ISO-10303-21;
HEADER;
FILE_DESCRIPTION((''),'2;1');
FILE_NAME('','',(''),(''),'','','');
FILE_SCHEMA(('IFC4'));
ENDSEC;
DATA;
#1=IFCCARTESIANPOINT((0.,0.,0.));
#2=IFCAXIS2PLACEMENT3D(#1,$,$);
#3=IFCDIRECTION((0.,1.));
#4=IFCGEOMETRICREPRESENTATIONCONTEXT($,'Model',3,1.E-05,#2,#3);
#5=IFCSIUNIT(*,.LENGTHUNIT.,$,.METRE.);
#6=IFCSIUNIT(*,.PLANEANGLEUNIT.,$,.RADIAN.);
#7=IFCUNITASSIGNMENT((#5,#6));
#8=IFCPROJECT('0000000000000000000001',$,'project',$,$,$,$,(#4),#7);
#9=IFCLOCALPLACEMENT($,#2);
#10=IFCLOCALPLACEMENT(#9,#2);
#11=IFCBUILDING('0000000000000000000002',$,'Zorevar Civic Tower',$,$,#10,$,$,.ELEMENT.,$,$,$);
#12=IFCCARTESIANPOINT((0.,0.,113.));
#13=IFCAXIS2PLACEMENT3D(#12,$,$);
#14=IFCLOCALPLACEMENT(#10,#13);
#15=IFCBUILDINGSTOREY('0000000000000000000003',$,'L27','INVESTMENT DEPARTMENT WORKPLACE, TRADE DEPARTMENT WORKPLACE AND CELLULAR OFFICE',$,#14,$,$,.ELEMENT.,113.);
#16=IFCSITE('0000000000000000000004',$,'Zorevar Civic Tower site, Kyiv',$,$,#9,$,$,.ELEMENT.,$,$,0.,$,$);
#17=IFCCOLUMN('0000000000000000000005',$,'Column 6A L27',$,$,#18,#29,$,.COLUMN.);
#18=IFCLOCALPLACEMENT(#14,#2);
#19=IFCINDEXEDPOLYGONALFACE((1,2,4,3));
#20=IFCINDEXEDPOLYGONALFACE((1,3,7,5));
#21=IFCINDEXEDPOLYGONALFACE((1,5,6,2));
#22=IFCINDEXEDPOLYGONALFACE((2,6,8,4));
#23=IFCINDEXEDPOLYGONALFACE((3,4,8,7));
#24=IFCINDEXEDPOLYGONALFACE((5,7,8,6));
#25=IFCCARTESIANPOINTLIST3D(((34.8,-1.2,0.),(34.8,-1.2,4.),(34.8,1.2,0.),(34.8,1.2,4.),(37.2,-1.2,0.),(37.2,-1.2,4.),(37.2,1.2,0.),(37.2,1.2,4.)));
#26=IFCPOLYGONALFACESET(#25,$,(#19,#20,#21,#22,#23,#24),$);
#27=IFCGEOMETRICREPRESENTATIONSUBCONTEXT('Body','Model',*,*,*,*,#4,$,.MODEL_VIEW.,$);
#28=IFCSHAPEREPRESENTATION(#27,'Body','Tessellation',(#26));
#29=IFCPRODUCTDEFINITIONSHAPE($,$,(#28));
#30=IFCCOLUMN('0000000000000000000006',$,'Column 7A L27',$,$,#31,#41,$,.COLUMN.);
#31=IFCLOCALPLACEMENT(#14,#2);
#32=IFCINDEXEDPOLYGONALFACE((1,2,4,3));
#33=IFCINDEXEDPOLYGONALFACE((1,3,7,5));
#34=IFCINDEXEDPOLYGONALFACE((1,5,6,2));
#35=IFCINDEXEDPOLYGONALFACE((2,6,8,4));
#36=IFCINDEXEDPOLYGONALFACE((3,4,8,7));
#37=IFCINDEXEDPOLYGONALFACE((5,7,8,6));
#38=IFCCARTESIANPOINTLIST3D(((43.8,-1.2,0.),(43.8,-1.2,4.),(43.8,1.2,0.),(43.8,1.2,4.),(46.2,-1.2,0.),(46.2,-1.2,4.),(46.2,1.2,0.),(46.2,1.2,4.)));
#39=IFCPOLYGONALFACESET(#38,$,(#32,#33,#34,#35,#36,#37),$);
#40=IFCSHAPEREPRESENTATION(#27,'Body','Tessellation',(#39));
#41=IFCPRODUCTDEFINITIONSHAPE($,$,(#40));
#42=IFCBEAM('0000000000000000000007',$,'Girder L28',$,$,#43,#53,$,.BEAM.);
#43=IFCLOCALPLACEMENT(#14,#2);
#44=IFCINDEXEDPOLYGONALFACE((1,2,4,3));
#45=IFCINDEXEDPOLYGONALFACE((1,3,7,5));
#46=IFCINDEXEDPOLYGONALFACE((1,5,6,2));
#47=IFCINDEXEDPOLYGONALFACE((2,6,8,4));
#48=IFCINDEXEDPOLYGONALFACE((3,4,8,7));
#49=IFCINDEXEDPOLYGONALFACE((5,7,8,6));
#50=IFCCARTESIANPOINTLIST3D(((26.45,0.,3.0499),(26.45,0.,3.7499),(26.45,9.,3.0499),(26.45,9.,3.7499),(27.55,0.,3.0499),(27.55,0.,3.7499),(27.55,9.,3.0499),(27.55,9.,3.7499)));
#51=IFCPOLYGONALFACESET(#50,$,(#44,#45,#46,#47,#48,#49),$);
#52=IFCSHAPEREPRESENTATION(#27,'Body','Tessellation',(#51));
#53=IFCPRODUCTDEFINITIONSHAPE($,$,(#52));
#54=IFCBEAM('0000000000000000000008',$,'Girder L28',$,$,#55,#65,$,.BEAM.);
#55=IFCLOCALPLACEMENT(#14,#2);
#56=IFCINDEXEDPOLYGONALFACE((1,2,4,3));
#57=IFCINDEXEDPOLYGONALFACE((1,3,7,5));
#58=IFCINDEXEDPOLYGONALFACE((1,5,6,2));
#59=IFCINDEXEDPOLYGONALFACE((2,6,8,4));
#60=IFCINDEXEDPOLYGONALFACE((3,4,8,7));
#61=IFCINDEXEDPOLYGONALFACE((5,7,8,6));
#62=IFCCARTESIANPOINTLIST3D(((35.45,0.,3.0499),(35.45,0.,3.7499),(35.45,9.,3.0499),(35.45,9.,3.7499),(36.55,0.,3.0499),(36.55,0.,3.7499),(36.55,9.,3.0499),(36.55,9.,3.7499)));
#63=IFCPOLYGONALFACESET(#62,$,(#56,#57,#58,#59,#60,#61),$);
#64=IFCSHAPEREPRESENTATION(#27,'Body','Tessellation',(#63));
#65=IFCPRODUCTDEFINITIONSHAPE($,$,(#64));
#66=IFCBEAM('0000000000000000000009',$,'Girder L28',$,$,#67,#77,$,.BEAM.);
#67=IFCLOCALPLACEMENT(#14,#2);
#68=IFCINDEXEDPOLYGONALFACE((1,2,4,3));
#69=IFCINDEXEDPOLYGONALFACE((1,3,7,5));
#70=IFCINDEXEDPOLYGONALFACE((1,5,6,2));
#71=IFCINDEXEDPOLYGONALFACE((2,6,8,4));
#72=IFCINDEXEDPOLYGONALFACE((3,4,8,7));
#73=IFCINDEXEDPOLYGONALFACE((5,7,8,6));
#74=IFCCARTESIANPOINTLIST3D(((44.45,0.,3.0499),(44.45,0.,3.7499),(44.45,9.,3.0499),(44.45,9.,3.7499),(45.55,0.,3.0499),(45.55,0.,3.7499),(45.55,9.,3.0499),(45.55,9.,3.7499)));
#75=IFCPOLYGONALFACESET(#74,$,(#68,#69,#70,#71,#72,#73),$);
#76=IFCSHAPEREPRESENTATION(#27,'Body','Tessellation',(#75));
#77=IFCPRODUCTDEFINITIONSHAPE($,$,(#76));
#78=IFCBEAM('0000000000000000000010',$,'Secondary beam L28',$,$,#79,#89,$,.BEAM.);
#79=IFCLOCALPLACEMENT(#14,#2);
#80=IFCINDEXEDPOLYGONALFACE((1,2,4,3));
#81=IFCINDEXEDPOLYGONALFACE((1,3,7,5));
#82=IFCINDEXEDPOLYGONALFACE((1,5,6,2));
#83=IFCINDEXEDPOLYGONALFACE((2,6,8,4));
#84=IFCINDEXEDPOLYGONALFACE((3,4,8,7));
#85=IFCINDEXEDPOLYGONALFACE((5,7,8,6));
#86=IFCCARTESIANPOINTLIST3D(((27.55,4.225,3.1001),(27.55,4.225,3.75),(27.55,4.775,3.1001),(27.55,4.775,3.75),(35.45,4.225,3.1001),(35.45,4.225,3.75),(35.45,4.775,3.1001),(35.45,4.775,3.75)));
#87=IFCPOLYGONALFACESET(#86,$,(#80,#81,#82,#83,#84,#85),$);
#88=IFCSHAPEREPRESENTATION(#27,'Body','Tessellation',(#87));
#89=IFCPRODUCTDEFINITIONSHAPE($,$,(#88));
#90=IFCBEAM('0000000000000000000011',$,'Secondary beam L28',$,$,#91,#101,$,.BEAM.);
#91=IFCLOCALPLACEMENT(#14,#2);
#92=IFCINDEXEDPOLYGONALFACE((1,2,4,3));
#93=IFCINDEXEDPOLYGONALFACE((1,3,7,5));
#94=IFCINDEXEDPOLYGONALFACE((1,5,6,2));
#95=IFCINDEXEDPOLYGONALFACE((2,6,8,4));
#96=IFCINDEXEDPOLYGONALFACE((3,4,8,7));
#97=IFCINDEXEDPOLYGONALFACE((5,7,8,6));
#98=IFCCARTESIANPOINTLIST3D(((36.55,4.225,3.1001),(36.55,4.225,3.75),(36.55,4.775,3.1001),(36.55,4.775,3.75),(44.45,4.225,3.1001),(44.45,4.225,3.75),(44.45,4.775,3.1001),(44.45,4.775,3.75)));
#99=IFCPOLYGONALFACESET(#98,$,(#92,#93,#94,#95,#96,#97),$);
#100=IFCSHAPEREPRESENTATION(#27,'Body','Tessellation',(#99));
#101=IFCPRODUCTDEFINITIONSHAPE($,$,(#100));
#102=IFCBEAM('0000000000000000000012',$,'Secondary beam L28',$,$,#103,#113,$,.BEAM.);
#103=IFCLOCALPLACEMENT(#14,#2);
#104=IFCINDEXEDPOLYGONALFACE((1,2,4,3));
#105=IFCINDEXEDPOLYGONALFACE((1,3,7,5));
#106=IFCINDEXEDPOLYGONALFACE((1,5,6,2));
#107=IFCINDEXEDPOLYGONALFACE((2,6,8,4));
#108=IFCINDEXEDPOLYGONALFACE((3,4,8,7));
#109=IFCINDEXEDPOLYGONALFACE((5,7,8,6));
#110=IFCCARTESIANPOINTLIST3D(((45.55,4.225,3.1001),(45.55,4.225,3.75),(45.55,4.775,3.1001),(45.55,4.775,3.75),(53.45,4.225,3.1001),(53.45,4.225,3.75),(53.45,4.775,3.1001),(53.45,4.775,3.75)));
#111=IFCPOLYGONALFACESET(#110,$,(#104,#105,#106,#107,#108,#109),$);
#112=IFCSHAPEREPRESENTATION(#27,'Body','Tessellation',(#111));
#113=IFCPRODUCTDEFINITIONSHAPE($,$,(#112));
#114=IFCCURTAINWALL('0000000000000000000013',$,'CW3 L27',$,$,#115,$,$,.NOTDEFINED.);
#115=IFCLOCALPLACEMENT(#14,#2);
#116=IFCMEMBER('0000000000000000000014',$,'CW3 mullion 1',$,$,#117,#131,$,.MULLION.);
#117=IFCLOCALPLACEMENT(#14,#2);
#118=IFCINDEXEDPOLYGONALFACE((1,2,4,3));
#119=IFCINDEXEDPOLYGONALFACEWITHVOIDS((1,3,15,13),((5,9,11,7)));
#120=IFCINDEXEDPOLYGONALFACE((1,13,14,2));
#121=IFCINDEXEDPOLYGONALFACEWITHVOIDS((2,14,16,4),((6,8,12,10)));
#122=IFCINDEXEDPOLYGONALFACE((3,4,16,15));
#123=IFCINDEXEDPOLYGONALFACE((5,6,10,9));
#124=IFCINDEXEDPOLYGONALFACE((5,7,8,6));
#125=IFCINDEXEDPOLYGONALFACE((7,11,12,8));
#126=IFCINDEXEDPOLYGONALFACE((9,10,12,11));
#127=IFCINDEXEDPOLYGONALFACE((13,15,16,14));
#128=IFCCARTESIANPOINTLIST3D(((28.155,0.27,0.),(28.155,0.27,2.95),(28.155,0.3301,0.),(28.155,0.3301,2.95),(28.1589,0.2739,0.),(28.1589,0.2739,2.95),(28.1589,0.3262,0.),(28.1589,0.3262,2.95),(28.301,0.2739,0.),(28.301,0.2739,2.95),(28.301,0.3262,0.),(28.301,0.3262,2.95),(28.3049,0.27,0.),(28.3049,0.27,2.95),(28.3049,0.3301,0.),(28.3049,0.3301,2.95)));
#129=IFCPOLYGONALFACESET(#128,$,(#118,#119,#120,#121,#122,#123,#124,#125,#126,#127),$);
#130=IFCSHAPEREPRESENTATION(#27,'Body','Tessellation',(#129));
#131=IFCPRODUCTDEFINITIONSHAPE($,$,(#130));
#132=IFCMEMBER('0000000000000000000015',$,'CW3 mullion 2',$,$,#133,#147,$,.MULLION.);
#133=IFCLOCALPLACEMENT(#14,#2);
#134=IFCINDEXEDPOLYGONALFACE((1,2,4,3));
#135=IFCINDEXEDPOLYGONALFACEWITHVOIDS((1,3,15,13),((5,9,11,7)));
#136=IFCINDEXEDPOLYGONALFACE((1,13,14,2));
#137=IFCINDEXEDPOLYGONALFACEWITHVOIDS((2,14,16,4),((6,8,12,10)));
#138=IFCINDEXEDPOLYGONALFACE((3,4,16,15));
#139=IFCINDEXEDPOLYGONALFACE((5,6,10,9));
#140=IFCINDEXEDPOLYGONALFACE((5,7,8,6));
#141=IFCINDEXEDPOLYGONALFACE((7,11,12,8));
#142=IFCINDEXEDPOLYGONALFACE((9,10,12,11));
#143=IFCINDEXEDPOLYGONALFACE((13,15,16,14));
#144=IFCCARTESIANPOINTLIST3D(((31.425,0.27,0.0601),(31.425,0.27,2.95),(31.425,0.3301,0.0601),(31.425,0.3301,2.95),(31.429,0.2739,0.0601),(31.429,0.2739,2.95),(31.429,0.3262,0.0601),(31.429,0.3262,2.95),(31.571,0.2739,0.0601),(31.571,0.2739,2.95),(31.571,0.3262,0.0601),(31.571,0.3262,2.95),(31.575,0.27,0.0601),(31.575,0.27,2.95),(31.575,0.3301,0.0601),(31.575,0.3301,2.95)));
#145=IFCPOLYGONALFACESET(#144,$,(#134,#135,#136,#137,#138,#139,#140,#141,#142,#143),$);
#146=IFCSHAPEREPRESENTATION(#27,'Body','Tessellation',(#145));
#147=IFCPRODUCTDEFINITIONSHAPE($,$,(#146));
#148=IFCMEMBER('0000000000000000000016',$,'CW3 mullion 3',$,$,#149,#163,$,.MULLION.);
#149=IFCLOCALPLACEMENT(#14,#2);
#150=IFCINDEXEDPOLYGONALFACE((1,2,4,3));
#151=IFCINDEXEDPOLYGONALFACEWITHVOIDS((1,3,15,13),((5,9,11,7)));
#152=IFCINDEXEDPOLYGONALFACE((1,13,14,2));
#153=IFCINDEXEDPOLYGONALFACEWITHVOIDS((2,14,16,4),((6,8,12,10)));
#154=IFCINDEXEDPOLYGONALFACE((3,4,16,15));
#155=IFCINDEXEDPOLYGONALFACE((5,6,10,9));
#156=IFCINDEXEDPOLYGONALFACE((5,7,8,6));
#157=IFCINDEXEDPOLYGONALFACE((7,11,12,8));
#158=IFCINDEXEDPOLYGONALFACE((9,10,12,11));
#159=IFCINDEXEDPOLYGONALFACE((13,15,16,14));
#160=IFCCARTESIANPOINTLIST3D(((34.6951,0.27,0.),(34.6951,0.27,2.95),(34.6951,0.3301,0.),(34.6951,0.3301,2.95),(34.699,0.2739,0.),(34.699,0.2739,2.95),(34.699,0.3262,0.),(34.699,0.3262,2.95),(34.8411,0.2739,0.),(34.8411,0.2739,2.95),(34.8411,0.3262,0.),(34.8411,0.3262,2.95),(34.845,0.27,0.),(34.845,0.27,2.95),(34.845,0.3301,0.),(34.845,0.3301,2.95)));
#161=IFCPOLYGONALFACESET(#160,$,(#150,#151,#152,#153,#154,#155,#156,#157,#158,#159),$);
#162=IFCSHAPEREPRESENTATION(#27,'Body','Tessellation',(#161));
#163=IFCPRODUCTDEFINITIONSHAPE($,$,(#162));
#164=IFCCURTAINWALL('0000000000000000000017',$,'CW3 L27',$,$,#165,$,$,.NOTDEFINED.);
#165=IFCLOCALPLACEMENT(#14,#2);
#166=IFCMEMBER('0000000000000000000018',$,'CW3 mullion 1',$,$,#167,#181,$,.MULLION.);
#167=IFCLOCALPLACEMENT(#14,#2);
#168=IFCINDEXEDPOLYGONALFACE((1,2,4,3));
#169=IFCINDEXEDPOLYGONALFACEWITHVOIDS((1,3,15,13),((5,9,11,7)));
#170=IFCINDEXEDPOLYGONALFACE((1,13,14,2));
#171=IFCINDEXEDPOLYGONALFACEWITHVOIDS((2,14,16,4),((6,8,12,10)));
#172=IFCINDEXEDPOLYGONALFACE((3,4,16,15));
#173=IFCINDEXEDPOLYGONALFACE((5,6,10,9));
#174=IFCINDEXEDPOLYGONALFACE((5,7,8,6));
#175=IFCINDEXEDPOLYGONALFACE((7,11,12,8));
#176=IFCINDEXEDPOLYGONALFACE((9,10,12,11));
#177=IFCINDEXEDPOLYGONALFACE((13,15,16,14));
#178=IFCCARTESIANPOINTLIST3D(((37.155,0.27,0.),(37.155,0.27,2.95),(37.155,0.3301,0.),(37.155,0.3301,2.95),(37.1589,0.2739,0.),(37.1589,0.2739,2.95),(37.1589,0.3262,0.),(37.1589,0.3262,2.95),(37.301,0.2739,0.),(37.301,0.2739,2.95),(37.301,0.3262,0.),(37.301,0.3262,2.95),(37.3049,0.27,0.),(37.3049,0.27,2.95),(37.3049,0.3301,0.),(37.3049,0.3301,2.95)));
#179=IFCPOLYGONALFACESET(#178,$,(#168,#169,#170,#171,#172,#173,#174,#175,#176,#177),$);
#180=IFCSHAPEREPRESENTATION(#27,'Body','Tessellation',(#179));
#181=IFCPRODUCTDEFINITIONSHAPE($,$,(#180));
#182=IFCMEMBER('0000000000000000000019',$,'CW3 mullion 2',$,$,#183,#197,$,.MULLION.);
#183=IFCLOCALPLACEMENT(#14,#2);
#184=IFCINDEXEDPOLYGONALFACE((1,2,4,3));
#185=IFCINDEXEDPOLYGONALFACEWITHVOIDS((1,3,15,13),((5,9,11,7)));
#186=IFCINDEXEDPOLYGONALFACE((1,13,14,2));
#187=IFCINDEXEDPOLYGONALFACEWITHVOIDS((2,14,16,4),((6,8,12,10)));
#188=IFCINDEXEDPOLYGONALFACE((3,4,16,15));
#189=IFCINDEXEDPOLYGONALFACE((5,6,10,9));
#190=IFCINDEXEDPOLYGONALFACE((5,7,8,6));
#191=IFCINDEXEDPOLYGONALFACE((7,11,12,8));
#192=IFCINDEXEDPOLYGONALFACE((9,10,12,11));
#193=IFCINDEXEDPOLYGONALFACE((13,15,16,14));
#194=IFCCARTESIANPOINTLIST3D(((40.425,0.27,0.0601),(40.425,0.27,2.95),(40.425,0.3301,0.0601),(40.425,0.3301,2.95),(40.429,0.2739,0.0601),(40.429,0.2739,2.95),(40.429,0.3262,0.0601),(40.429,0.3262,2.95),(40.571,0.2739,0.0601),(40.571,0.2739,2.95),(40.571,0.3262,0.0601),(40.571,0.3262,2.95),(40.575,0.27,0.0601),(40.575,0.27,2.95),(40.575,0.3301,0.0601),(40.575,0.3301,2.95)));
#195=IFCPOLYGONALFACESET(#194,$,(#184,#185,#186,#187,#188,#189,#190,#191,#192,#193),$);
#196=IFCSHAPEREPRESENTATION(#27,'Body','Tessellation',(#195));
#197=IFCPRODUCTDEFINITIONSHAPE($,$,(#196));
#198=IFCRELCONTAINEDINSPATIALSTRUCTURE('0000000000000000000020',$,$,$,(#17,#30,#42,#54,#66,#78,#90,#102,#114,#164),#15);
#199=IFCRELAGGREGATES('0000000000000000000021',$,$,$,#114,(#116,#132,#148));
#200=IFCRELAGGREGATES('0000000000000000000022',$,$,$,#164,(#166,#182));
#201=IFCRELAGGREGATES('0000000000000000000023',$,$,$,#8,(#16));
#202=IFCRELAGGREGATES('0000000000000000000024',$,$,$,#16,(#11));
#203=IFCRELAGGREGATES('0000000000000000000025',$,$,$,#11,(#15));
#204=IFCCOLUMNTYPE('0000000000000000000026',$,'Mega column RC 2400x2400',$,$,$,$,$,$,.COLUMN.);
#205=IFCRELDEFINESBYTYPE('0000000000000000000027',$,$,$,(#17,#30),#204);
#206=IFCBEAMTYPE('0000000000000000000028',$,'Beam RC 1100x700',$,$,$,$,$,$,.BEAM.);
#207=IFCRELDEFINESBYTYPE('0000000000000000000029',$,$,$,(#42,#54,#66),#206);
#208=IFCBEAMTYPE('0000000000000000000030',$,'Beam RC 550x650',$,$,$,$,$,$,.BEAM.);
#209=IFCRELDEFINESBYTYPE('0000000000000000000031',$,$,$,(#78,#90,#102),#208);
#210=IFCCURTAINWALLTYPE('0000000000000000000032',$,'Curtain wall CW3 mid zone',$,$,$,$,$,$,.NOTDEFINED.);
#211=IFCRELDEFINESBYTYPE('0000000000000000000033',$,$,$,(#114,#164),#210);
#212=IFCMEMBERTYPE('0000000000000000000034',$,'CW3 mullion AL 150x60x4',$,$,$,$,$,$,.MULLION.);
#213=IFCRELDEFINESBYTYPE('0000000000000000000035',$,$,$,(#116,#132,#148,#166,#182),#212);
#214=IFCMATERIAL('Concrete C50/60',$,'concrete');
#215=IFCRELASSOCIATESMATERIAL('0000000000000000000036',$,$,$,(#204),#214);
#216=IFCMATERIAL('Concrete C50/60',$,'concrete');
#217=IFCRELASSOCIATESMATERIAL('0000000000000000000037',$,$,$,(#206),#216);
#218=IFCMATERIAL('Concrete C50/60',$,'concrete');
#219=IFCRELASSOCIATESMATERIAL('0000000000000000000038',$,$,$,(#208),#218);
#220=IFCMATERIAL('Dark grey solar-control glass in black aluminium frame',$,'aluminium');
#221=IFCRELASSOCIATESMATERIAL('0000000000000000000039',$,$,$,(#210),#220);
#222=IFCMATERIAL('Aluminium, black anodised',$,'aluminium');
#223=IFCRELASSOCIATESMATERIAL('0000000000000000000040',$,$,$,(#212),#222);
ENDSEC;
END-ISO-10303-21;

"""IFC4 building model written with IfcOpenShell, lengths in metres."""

from ifc_helpers import new_model, si_unit, direction, frame, origin, origin_2d, place, context, subcontext, project, spatial, rectangle, hollow_rectangle, extrude, material, material_profile, profile_set, type_object, element, aggregate, save


model = new_model("IFC4")

# Units and contexts
model_context = context("Model", 3, precision=1e-05, world=origin(), true_north=direction((0.0, 1.0)))
body_context = subcontext(model_context, "Body", "Model", "MODEL_VIEW")
ifc_project = project(units=[si_unit("LENGTHUNIT", "METRE"), si_unit("PLANEANGLEUNIT", "RADIAN")], contexts=[model_context])

# Site, building, storey
site_placement = place(None, origin())
site = spatial("IfcSite", under=ifc_project, at=site_placement, Name="Zorevar Civic Tower site, Kyiv", CompositionType="ELEMENT", RefElevation=0.0)
building_placement = place(site_placement, origin())
building = spatial("IfcBuilding", under=site, at=building_placement, Name="Zorevar Civic Tower", CompositionType="ELEMENT")
storey_placement = place(building_placement, frame((0.0, 0.0, 113.0)))
storey = spatial("IfcBuildingStorey", under=building, at=storey_placement, Name="L27", Description="INVESTMENT DEPARTMENT WORKPLACE, TRADE DEPARTMENT WORKPLACE AND CELLULAR OFFICE", CompositionType="ELEMENT", Elevation=113.0)

# Columns
ifc_material_1 = material(Name="Concrete C50/60", Category="concrete")
ifc_material_profile_1 = material_profile(ifc_material_1, rectangle(XDim=2.3999, YDim=2.3999, at=origin_2d()), Name="RC 2400x2400")
ifc_profile_set_1 = profile_set([ifc_material_profile_1], Name="Concrete C50/60")
column_type = type_object("IfcColumnType", Name="Mega column RC 2400x2400", PredefinedType="COLUMN", material=ifc_profile_set_1)
for number, where, z_axis, x_axis, name in (
    (1, (36.0, 0.0, 0.0), (0.0, 0.0, 1.0), (1.0, 0.0, 0.0), "Column 6A L27"),
    (2, (45.0, 0.0, 0.0), (0.0, 0.0, 1.0), (1.0, 0.0, 0.0), "Column 7A L27"),
):
    element("IfcColumn", number, at=place(storey_placement, frame(where, z_axis=z_axis, x_axis=x_axis)), inside=storey, type_object=column_type, Name=name, PredefinedType="COLUMN", context=body_context, shape_type="SweptSolid", body=[
        extrude(rectangle(XDim=2.3999, YDim=2.3999, at=origin_2d()), origin(), (0.0, 0.0, 1.0), 4.0),
    ])

# Beams
ifc_material_2 = material(Name="Concrete C50/60", Category="concrete")
ifc_material_profile_2 = material_profile(ifc_material_2, rectangle(XDim=1.1001, YDim=0.7, at=origin_2d()), Name="RC 1100x700")
ifc_profile_set_2 = profile_set([ifc_material_profile_2], Name="Concrete C50/60")
beam_type_1 = type_object("IfcBeamType", Name="Beam RC 1100x700", PredefinedType="BEAM", material=ifc_profile_set_2)
for number, where, z_axis, x_axis, name in (
    (3, (27.0, 0.0, 3.3999), (0.0, 1.0, 0.0), (-1.0, 0.0, 0.0), "Girder L28"),
    (4, (36.0, 0.0, 3.3999), (0.0, 1.0, 0.0), (-1.0, 0.0, 0.0), "Girder L28"),
    (5, (45.0, 0.0, 3.3999), (0.0, 1.0, 0.0), (-1.0, 0.0, 0.0), "Girder L28"),
):
    element("IfcBeam", number, at=place(storey_placement, frame(where, z_axis=z_axis, x_axis=x_axis)), inside=storey, type_object=beam_type_1, Name=name, PredefinedType="BEAM", context=body_context, shape_type="SweptSolid", body=[
        extrude(rectangle(XDim=1.1001, YDim=0.7, at=origin_2d()), origin(), (0.0, 0.0, 1.0), 9.0),
    ])
ifc_material_3 = material(Name="Concrete C50/60", Category="concrete")
ifc_material_profile_3 = material_profile(ifc_material_3, rectangle(XDim=0.55, YDim=0.6499, at=origin_2d()), Name="RC 550x650")
ifc_profile_set_3 = profile_set([ifc_material_profile_3], Name="Concrete C50/60")
beam_type_2 = type_object("IfcBeamType", Name="Beam RC 550x650", PredefinedType="BEAM", material=ifc_profile_set_3)
for number, where, z_axis, x_axis, name in (
    (6, (27.55, 4.5, 3.425), (1.0, 0.0, 0.0), (0.0, 1.0, 0.0), "Secondary beam L28"),
    (7, (36.55, 4.5, 3.425), (1.0, 0.0, 0.0), (0.0, 1.0, 0.0), "Secondary beam L28"),
    (8, (45.55, 4.5, 3.425), (1.0, 0.0, 0.0), (0.0, 1.0, 0.0), "Secondary beam L28"),
):
    element("IfcBeam", number, at=place(storey_placement, frame(where, z_axis=z_axis, x_axis=x_axis)), inside=storey, type_object=beam_type_2, Name=name, PredefinedType="BEAM", context=body_context, shape_type="SweptSolid", body=[
        extrude(rectangle(XDim=0.55, YDim=0.6499, at=origin_2d()), origin(), (0.0, 0.0, 1.0), 7.8999),
    ])

# Curtain walls, members
ifc_material_4 = material(Name="Dark grey solar-control glass in black aluminium frame", Category="aluminium")
curtain_wall_type = type_object("IfcCurtainWallType", Name="Curtain wall CW3 mid zone", PredefinedType="NOTDEFINED", material=ifc_material_4)
curtain_wall_1_placement = place(storey_placement, origin())
curtain_wall_1 = element("IfcCurtainWall", 9, at=curtain_wall_1_placement, inside=storey, type_object=curtain_wall_type, Name="CW3 L27", PredefinedType="NOTDEFINED")
ifc_material_5 = material(Name="Aluminium, black anodised", Category="aluminium")
ifc_material_profile_4 = material_profile(ifc_material_5, hollow_rectangle(XDim=0.0601, YDim=0.1499, WallThickness=0.0039, at=origin_2d()), Name="AL 150x60x4")
ifc_profile_set_4 = profile_set([ifc_material_profile_4], Name="Aluminium, black anodised")
member_type_1 = type_object("IfcMemberType", Name="CW3 mullion AL 150x60x4", PredefinedType="MULLION", material=ifc_profile_set_4)
member_1_placement = place(storey_placement, frame((28.23, 0.3, 0.0), z_axis=(0.0, 0.0, 1.0), x_axis=(0.0, 1.0, 0.0)))
member_1 = element("IfcMember", 10, at=member_1_placement, type_object=member_type_1, Name="CW3 mullion 1", PredefinedType="MULLION", context=body_context, shape_type="SweptSolid", body=[
    extrude(hollow_rectangle(XDim=0.0601, YDim=0.1499, WallThickness=0.0039, at=origin_2d()), origin(), (0.0, 0.0, 1.0), 2.95),
])
member_2_placement = place(storey_placement, frame((31.5, 0.3, 0.0601), z_axis=(0.0, 0.0, 1.0), x_axis=(0.0, 1.0, 0.0)))
member_2 = element("IfcMember", 11, at=member_2_placement, type_object=member_type_1, Name="CW3 mullion 2", PredefinedType="MULLION", context=body_context, shape_type="SweptSolid", body=[
    extrude(hollow_rectangle(XDim=0.0601, YDim=0.1499, WallThickness=0.0039, at=origin_2d()), origin(), (0.0, 0.0, 1.0), 2.8899),
])
member_3_placement = place(storey_placement, frame((34.77, 0.3, 0.0), z_axis=(0.0, 0.0, 1.0), x_axis=(0.0, 1.0, 0.0)))
member_3 = element("IfcMember", 12, at=member_3_placement, type_object=member_type_1, Name="CW3 mullion 3", PredefinedType="MULLION", context=body_context, shape_type="SweptSolid", body=[
    extrude(hollow_rectangle(XDim=0.0601, YDim=0.1499, WallThickness=0.0039, at=origin_2d()), origin(), (0.0, 0.0, 1.0), 2.95),
])
curtain_wall_2_placement = place(storey_placement, origin())
curtain_wall_2 = element("IfcCurtainWall", 13, at=curtain_wall_2_placement, inside=storey, type_object=curtain_wall_type, Name="CW3 L27", PredefinedType="NOTDEFINED")
member_4_placement = place(storey_placement, frame((37.23, 0.3, 0.0), z_axis=(0.0, 0.0, 1.0), x_axis=(0.0, 1.0, 0.0)))
member_4 = element("IfcMember", 14, at=member_4_placement, type_object=member_type_1, Name="CW3 mullion 1", PredefinedType="MULLION", context=body_context, shape_type="SweptSolid", body=[
    extrude(hollow_rectangle(XDim=0.0601, YDim=0.1499, WallThickness=0.0039, at=origin_2d()), origin(), (0.0, 0.0, 1.0), 2.95),
])
member_5_placement = place(storey_placement, frame((40.5, 0.3, 0.0601), z_axis=(0.0, 0.0, 1.0), x_axis=(0.0, 1.0, 0.0)))
member_5 = element("IfcMember", 15, at=member_5_placement, type_object=member_type_1, Name="CW3 mullion 2", PredefinedType="MULLION", context=body_context, shape_type="SweptSolid", body=[
    extrude(hollow_rectangle(XDim=0.0601, YDim=0.1499, WallThickness=0.0039, at=origin_2d()), origin(), (0.0, 0.0, 1.0), 2.8899),
])

aggregate(curtain_wall_1, [member_1, member_2, member_3])
aggregate(curtain_wall_2, [member_4, member_5])

save(model, "model.ifc")
